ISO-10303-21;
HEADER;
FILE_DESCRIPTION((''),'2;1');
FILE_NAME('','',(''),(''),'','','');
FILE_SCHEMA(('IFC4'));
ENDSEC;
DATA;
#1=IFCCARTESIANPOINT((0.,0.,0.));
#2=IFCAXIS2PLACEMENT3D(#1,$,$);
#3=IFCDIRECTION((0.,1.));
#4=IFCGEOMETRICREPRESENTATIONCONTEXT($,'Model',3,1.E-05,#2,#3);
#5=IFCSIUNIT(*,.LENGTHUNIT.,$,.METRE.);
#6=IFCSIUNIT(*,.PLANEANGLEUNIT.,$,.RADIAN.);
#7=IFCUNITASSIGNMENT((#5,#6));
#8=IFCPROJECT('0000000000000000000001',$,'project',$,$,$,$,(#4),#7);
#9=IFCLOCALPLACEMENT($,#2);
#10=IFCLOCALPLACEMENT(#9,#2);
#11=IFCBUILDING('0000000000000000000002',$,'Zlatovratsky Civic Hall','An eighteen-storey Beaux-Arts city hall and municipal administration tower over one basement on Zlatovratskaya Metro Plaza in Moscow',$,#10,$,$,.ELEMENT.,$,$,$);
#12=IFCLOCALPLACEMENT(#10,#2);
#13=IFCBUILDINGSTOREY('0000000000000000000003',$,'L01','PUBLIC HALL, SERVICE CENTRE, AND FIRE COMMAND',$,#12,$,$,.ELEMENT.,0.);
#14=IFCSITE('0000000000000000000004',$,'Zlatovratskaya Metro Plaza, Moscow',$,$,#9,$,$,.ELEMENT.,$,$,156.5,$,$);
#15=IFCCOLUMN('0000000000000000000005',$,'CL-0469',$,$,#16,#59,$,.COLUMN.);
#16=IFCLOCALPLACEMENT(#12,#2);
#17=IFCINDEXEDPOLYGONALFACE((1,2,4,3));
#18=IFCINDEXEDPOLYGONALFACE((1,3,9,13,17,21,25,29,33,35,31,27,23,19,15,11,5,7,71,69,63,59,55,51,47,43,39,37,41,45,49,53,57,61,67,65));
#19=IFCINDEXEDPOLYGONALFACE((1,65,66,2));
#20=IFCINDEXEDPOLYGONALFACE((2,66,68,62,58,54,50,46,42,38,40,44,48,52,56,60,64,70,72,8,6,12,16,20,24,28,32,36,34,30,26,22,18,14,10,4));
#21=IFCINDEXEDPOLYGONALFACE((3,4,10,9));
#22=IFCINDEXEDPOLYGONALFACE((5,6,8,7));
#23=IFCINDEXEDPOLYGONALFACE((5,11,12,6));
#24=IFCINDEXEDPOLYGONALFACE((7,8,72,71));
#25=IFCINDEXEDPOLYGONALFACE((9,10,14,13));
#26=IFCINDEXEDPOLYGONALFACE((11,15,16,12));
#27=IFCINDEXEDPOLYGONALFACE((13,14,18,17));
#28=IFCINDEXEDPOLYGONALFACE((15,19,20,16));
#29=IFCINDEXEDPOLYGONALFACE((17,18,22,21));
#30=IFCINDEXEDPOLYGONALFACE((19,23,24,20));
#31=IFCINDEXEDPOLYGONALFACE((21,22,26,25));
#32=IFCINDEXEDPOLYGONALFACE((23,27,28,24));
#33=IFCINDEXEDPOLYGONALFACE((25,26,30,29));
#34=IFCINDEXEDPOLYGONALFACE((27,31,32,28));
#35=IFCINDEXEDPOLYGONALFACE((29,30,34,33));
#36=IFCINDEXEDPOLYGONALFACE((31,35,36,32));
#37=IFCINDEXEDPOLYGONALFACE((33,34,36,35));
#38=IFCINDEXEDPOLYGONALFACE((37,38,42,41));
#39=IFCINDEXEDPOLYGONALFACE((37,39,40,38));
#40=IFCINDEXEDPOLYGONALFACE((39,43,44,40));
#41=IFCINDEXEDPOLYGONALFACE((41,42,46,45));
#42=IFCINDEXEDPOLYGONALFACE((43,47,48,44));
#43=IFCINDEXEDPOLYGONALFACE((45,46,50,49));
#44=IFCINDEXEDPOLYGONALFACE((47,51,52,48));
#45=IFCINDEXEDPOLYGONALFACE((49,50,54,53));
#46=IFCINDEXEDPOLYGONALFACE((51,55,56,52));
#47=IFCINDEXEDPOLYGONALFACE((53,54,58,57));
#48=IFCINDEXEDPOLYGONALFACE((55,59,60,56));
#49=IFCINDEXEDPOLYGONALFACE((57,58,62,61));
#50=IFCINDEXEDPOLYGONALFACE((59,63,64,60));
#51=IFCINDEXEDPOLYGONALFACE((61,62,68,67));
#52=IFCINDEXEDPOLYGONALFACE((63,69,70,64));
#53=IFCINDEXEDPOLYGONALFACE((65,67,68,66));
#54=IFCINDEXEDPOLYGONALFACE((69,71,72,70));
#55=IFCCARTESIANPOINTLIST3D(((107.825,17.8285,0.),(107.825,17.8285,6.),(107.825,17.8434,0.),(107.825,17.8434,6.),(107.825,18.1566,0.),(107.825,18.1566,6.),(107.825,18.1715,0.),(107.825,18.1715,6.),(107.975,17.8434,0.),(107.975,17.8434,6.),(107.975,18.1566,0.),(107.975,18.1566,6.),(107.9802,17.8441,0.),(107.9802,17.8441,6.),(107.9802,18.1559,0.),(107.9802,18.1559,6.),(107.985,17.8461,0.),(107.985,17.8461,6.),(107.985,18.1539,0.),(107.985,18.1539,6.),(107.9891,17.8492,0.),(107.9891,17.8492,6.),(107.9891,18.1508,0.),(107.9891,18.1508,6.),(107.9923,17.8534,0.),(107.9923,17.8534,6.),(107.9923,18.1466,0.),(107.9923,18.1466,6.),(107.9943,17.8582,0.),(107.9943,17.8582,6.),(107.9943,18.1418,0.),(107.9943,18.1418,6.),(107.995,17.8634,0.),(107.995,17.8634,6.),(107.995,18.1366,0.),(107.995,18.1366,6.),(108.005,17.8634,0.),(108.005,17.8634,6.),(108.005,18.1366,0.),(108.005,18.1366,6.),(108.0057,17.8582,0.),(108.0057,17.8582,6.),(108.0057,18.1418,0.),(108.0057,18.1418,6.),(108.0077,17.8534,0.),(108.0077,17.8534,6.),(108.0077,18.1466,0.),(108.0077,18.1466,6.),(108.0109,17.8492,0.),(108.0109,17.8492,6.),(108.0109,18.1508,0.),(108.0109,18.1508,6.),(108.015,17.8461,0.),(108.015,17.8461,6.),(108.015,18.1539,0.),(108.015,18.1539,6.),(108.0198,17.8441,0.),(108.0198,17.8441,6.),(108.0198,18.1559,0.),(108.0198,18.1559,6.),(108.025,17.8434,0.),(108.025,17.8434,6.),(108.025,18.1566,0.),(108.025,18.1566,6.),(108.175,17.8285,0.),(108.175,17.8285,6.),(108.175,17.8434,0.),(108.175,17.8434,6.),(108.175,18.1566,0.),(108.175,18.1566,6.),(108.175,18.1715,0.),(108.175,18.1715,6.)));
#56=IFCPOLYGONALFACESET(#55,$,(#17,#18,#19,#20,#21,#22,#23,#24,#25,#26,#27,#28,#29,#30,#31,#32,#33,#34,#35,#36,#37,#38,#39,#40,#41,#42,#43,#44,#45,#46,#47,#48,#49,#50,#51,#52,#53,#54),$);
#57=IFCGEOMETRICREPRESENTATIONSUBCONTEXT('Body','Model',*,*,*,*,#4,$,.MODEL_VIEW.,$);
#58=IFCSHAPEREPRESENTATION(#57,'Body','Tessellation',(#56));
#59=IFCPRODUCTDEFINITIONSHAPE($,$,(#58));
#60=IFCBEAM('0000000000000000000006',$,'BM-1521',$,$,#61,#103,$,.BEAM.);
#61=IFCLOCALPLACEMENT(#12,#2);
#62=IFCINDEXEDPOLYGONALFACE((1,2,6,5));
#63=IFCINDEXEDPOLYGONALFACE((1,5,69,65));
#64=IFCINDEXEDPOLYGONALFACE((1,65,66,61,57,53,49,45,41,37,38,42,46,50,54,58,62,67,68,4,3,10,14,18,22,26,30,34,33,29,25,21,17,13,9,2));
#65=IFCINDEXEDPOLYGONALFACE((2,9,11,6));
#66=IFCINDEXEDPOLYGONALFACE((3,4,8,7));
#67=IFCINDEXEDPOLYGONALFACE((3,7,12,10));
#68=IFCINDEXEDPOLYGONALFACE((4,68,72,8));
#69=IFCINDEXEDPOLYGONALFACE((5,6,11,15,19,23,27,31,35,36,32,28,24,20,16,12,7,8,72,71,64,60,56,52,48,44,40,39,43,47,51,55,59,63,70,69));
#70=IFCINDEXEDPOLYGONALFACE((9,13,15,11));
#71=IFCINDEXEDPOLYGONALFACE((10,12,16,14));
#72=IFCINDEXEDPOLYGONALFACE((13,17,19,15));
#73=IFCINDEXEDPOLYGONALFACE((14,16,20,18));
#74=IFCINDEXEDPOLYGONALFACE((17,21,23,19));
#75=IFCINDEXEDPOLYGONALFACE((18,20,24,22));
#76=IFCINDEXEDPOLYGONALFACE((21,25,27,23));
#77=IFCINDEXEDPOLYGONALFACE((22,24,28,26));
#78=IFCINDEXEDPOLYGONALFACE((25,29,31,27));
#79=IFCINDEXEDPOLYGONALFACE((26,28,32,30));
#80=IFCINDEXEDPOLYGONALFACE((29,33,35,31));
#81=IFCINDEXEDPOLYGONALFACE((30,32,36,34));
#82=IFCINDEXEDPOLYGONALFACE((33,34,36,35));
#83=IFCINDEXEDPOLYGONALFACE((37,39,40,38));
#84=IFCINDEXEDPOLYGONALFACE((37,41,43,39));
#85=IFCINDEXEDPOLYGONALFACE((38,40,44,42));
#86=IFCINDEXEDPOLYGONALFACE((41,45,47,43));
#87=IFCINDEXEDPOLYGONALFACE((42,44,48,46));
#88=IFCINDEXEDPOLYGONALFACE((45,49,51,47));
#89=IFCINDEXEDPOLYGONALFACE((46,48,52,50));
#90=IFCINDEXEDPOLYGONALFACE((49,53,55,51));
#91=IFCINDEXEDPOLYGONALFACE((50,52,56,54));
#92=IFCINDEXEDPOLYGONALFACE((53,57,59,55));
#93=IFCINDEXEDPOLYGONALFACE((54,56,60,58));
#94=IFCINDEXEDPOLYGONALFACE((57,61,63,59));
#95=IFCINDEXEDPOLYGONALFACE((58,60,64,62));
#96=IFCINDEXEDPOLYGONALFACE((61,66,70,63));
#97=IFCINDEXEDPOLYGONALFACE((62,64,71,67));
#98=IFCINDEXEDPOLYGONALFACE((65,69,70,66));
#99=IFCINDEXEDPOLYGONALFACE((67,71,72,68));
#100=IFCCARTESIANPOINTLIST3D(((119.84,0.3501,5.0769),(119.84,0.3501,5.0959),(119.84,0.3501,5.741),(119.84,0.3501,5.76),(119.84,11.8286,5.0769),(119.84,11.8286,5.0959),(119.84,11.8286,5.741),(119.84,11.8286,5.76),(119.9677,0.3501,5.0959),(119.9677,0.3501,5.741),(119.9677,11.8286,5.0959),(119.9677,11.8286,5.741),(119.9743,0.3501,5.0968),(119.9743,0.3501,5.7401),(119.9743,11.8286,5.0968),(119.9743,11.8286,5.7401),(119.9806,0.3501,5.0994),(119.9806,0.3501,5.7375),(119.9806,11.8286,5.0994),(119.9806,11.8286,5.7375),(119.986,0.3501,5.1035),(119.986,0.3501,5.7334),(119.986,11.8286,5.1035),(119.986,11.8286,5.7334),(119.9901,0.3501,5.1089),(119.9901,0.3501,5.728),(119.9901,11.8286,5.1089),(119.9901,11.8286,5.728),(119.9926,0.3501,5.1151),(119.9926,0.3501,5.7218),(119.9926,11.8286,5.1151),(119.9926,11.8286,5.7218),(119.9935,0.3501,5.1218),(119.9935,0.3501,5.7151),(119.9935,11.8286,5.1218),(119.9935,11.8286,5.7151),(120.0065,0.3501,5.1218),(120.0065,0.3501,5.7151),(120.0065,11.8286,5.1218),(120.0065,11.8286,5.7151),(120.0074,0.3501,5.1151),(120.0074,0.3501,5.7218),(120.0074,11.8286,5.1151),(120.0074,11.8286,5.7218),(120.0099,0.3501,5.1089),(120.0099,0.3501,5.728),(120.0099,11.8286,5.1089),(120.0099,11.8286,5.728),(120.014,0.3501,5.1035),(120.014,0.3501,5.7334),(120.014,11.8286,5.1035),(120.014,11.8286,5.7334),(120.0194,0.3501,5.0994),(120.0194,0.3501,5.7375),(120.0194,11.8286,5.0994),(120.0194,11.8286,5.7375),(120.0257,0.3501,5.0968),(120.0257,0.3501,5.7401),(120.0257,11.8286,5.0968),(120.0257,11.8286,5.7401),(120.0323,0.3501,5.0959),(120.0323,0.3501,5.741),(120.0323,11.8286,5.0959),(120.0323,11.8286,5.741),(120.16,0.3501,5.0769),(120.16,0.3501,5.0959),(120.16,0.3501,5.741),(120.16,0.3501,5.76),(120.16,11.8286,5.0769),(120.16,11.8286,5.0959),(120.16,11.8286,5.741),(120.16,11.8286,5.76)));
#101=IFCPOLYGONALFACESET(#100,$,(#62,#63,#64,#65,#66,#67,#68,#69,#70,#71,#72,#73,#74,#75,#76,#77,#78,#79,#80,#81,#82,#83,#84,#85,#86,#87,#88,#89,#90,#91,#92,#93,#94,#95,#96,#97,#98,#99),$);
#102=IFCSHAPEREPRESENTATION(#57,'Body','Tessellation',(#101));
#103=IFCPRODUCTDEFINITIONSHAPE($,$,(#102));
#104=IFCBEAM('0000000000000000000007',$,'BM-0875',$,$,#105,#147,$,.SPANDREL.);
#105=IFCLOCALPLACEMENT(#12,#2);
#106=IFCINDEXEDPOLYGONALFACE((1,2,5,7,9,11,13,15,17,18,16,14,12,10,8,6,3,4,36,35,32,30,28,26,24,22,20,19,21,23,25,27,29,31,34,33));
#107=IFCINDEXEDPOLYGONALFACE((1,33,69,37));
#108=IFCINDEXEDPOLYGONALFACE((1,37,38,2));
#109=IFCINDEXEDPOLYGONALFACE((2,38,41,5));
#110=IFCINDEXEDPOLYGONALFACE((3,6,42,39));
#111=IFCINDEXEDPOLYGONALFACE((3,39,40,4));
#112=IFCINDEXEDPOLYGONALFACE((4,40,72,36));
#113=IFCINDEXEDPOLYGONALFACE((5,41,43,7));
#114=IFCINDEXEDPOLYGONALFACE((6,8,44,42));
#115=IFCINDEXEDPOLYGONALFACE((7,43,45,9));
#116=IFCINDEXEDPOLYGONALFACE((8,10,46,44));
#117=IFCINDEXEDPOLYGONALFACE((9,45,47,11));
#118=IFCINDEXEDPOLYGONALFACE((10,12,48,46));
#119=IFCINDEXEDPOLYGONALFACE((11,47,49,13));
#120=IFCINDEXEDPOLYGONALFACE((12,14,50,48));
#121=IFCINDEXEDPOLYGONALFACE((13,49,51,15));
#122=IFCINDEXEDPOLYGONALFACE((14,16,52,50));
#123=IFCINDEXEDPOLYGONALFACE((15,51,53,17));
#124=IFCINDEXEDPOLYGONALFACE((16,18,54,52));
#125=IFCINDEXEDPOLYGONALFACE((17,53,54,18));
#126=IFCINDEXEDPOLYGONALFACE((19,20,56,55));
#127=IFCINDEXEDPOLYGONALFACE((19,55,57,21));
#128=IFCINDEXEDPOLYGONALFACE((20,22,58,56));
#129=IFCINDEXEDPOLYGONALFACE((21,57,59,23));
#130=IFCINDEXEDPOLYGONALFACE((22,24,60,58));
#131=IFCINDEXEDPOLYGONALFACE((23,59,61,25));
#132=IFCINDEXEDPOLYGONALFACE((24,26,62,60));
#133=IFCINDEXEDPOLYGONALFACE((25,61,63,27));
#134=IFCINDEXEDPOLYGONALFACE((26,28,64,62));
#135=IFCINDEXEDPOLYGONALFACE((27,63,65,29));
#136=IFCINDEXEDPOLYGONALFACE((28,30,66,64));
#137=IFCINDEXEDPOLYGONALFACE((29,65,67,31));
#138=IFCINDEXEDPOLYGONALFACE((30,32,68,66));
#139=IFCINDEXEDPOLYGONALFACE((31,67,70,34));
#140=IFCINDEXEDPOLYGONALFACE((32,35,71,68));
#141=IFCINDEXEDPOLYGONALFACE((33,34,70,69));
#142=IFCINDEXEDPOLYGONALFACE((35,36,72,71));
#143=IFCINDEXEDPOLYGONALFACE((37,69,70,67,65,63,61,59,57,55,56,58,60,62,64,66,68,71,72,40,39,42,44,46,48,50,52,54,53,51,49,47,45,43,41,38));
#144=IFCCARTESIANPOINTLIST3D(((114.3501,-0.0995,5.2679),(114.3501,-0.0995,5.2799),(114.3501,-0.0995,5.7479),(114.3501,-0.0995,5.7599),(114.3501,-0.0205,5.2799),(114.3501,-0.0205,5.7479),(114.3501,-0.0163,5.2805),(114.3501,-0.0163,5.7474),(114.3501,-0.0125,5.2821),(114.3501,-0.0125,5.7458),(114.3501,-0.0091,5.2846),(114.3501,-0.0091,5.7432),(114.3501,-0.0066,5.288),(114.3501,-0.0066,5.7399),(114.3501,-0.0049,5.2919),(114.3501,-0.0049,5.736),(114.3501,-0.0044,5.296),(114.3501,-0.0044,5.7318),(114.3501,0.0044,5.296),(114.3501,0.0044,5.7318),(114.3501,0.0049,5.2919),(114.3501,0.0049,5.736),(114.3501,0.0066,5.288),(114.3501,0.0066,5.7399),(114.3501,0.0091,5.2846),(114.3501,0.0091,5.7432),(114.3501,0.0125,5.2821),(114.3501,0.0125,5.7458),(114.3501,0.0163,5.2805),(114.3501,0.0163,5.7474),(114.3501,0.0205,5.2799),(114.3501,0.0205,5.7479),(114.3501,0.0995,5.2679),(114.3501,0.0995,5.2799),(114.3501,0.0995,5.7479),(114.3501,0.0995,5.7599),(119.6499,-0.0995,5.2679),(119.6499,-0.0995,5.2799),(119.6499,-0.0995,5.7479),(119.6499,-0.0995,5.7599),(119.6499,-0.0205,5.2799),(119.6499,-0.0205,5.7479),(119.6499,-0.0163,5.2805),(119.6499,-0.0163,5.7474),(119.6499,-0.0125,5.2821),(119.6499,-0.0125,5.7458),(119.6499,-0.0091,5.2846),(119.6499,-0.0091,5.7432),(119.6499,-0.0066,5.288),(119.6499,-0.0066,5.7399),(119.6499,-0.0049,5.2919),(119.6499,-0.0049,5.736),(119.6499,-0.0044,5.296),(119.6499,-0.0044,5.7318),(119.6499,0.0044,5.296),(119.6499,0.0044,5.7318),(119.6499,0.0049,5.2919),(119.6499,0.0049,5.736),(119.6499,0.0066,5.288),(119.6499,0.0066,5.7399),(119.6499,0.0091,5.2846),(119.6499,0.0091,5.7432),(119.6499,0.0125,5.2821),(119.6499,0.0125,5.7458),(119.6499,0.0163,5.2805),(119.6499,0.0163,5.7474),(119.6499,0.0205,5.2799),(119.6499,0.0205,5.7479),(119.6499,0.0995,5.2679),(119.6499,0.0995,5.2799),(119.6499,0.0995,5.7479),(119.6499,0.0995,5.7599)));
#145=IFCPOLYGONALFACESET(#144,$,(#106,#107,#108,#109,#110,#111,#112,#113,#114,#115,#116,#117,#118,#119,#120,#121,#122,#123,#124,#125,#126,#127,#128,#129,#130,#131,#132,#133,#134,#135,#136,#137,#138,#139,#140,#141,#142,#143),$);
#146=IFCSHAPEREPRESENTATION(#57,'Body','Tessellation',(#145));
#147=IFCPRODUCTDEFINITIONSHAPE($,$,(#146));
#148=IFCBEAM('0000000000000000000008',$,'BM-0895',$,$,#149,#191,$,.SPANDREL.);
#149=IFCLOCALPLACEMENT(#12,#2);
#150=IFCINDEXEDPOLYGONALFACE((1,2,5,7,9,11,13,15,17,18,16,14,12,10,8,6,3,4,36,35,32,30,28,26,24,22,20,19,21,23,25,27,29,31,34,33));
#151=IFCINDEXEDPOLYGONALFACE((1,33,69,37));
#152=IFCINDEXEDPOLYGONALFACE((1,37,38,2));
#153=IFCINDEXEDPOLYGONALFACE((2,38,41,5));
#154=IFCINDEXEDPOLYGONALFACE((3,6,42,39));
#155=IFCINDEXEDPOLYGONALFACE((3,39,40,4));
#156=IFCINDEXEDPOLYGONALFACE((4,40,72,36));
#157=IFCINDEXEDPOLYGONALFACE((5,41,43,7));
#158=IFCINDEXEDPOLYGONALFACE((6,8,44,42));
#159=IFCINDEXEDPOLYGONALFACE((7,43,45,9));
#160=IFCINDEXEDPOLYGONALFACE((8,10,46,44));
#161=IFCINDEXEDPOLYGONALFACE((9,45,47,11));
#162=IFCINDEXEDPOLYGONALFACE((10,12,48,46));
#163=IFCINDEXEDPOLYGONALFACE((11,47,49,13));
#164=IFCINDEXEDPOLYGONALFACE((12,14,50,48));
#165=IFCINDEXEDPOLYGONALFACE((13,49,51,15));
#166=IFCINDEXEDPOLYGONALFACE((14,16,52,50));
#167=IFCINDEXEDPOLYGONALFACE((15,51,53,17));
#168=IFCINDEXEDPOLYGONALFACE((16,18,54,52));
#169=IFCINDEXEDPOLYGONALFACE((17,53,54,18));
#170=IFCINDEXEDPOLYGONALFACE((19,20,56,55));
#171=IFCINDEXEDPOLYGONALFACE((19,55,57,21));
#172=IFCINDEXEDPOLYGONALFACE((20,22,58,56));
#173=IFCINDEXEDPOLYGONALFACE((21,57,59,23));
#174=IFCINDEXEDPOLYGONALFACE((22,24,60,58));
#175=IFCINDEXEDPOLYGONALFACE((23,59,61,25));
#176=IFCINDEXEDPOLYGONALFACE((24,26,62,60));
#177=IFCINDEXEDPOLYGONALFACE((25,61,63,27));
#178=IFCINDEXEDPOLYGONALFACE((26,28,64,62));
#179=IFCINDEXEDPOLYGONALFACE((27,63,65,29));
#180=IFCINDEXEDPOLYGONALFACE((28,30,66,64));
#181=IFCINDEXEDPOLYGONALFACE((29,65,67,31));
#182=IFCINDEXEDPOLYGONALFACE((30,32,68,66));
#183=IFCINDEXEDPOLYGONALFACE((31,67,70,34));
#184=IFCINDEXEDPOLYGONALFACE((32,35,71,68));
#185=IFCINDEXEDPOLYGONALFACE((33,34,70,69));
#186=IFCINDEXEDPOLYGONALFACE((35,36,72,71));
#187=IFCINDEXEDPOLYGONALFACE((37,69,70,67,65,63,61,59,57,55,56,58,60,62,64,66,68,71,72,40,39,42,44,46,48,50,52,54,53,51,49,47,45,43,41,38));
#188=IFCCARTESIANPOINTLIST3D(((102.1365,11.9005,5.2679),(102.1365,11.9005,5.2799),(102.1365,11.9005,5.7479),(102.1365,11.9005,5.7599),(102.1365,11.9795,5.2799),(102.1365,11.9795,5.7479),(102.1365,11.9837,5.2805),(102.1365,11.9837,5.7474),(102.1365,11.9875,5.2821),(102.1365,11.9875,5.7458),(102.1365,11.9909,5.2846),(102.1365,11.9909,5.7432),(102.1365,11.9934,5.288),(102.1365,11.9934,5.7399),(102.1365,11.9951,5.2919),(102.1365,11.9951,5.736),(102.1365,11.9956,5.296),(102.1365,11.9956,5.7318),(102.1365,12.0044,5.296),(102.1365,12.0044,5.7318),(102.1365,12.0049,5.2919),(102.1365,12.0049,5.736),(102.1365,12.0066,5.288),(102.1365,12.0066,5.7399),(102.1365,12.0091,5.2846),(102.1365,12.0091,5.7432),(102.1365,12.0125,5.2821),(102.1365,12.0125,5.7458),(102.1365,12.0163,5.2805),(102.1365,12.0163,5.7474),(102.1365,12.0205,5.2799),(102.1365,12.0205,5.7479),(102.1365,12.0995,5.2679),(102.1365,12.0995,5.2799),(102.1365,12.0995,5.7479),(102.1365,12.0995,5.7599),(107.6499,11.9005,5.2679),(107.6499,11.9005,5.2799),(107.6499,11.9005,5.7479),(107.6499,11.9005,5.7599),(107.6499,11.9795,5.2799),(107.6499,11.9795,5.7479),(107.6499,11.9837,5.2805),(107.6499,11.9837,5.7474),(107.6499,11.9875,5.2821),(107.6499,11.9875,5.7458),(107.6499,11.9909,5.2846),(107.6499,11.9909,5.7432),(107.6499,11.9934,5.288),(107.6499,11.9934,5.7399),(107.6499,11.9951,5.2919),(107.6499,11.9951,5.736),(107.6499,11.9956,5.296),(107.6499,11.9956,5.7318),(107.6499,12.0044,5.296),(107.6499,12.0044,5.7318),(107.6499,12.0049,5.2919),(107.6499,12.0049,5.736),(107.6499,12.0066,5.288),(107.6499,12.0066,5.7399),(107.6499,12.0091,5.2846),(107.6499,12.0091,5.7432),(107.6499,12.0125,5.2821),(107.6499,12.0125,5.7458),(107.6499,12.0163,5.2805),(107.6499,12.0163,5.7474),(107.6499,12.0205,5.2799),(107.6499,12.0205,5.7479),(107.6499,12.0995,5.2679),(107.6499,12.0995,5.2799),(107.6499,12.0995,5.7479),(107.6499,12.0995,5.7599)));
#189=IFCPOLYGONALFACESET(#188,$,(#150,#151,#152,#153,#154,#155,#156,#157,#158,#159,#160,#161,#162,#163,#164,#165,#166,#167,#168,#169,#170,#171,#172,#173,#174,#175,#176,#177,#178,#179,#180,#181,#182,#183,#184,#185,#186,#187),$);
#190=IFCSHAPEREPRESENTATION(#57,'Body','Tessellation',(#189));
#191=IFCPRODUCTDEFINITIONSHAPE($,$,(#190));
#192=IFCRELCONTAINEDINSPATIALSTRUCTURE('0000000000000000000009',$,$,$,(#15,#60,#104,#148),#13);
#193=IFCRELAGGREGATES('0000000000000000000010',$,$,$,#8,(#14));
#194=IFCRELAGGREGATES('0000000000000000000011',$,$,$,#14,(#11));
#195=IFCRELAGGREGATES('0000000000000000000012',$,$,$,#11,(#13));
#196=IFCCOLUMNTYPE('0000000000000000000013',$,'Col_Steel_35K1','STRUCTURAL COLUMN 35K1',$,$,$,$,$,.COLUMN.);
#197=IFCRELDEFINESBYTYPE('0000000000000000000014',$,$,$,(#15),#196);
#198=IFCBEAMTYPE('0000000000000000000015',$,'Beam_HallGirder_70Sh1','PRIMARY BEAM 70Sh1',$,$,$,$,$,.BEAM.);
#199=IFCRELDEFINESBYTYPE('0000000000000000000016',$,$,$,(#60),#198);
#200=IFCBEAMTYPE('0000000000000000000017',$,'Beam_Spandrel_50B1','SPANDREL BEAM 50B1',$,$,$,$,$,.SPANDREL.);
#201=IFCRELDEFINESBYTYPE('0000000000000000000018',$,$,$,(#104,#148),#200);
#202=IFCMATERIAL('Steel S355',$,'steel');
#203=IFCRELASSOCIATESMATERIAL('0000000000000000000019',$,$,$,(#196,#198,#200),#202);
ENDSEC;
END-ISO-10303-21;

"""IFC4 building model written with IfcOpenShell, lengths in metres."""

from ifc_helpers import new_model, si_unit, direction, frame, origin, origin_2d, place, context, subcontext, project, spatial, i_section, extrude, material, material_profile, profile_set, type_object, element, save


model = new_model("IFC4")

# Units and contexts
model_context = context("Model", 3, precision=1e-05, world=origin(), true_north=direction((0.0, 1.0)))
body_context = subcontext(model_context, "Body", "Model", "MODEL_VIEW")
ifc_project = project(units=[si_unit("LENGTHUNIT", "METRE"), si_unit("PLANEANGLEUNIT", "RADIAN")], contexts=[model_context])

# Site, building, storey
site_placement = place(None, origin())
site = spatial("IfcSite", under=ifc_project, at=site_placement, Name="Zlatovratskaya Metro Plaza, Moscow", CompositionType="ELEMENT", RefElevation=156.5)
building_placement = place(site_placement, origin())
building = spatial("IfcBuilding", under=site, at=building_placement, Name="Zlatovratsky Civic Hall", Description="An eighteen-storey Beaux-Arts city hall and municipal administration tower over one basement on Zlatovratskaya Metro Plaza in Moscow", CompositionType="ELEMENT")
storey_placement = place(building_placement, origin())
storey = spatial("IfcBuildingStorey", under=building, at=storey_placement, Name="L01", Description="PUBLIC HALL, SERVICE CENTRE, AND FIRE COMMAND", CompositionType="ELEMENT", Elevation=0.0)

# Column
ifc_material_1 = material(Name="Steel S355", Category="steel")
ifc_material_profile_1 = material_profile(ifc_material_1, i_section(OverallWidth=0.3501, OverallDepth=0.343, WebThickness=0.01, FlangeThickness=0.0149, FilletRadius=0.02, at=origin_2d()), Name="35K1")
ifc_profile_set_1 = profile_set([ifc_material_profile_1], Name="Steel S355")
column_type_1 = type_object("IfcColumnType", Name="Col_Steel_35K1", Description="STRUCTURAL COLUMN 35K1", PredefinedType="COLUMN", material=ifc_profile_set_1)
for number, where, z_axis, x_axis, name in (
    (1, (108.0, 18.0, 0.0), (0.0, 0.0, 1.0), (1.0, 0.0, 0.0), "CL-0469"),
):
    element("IfcColumn", number, at=place(storey_placement, frame(where, z_axis=z_axis, x_axis=x_axis)), inside=storey, type_object=column_type_1, Name=name, PredefinedType="COLUMN", context=body_context, shape_type="SweptSolid", body=[
        extrude(i_section(OverallWidth=0.3501, OverallDepth=0.343, WebThickness=0.01, FlangeThickness=0.0149, FilletRadius=0.02, at=origin_2d()), origin(), (0.0, 0.0, 1.0), 6.0),
    ])

# Beams
ifc_material_profile_2 = material_profile(ifc_material_1, i_section(OverallWidth=0.3201, OverallDepth=0.6831, WebThickness=0.0129, FlangeThickness=0.019, FilletRadius=0.0259, at=origin_2d()), Name="70Sh1")
ifc_profile_set_2 = profile_set([ifc_material_profile_2], Name="Steel S355")
beam_type_1 = type_object("IfcBeamType", Name="Beam_HallGirder_70Sh1", Description="PRIMARY BEAM 70Sh1", PredefinedType="BEAM", material=ifc_profile_set_2)
beam_1_placement = place(storey_placement, frame((120.0, 0.3501, 5.4185), z_axis=(0.0, 1.0, 0.0), x_axis=(-1.0, 0.0, 0.0)))
element("IfcBeam", 2, at=beam_1_placement, inside=storey, type_object=beam_type_1, Name="BM-1521", PredefinedType="BEAM", context=body_context, shape_type="SweptSolid", body=[
    extrude(i_section(OverallWidth=0.3201, OverallDepth=0.6831, WebThickness=0.0129, FlangeThickness=0.019, FilletRadius=0.0259, at=origin_2d()), origin(), (0.0, 0.0, 1.0), 11.4785),
])
ifc_material_profile_3 = material_profile(ifc_material_1, i_section(OverallWidth=0.199, OverallDepth=0.4919, WebThickness=0.0088, FlangeThickness=0.012, FilletRadius=0.0161, at=origin_2d()), Name="50B1")
ifc_profile_set_3 = profile_set([ifc_material_profile_3], Name="Steel S355")
beam_type_2 = type_object("IfcBeamType", Name="Beam_Spandrel_50B1", Description="SPANDREL BEAM 50B1", PredefinedType="SPANDREL", material=ifc_profile_set_3)
beam_2_placement = place(storey_placement, frame((114.3501, 0.0, 5.5139), z_axis=(1.0, 0.0, 0.0), x_axis=(0.0, 1.0, 0.0)))
element("IfcBeam", 3, at=beam_2_placement, inside=storey, type_object=beam_type_2, Name="BM-0875", PredefinedType="SPANDREL", context=body_context, shape_type="SweptSolid", body=[
    extrude(i_section(OverallWidth=0.199, OverallDepth=0.4919, WebThickness=0.0088, FlangeThickness=0.012, FilletRadius=0.0161, at=origin_2d()), origin(), (0.0, 0.0, 1.0), 5.2998),
])
beam_3_placement = place(storey_placement, frame((102.1365, 12.0, 5.5139), z_axis=(1.0, 0.0, 0.0), x_axis=(0.0, 1.0, 0.0)))
element("IfcBeam", 4, at=beam_3_placement, inside=storey, type_object=beam_type_2, Name="BM-0895", PredefinedType="SPANDREL", context=body_context, shape_type="SweptSolid", body=[
    extrude(i_section(OverallWidth=0.199, OverallDepth=0.4919, WebThickness=0.0088, FlangeThickness=0.012, FilletRadius=0.0161, at=origin_2d()), origin(), (0.0, 0.0, 1.0), 5.5134),
])

save(model, "model.ifc")
